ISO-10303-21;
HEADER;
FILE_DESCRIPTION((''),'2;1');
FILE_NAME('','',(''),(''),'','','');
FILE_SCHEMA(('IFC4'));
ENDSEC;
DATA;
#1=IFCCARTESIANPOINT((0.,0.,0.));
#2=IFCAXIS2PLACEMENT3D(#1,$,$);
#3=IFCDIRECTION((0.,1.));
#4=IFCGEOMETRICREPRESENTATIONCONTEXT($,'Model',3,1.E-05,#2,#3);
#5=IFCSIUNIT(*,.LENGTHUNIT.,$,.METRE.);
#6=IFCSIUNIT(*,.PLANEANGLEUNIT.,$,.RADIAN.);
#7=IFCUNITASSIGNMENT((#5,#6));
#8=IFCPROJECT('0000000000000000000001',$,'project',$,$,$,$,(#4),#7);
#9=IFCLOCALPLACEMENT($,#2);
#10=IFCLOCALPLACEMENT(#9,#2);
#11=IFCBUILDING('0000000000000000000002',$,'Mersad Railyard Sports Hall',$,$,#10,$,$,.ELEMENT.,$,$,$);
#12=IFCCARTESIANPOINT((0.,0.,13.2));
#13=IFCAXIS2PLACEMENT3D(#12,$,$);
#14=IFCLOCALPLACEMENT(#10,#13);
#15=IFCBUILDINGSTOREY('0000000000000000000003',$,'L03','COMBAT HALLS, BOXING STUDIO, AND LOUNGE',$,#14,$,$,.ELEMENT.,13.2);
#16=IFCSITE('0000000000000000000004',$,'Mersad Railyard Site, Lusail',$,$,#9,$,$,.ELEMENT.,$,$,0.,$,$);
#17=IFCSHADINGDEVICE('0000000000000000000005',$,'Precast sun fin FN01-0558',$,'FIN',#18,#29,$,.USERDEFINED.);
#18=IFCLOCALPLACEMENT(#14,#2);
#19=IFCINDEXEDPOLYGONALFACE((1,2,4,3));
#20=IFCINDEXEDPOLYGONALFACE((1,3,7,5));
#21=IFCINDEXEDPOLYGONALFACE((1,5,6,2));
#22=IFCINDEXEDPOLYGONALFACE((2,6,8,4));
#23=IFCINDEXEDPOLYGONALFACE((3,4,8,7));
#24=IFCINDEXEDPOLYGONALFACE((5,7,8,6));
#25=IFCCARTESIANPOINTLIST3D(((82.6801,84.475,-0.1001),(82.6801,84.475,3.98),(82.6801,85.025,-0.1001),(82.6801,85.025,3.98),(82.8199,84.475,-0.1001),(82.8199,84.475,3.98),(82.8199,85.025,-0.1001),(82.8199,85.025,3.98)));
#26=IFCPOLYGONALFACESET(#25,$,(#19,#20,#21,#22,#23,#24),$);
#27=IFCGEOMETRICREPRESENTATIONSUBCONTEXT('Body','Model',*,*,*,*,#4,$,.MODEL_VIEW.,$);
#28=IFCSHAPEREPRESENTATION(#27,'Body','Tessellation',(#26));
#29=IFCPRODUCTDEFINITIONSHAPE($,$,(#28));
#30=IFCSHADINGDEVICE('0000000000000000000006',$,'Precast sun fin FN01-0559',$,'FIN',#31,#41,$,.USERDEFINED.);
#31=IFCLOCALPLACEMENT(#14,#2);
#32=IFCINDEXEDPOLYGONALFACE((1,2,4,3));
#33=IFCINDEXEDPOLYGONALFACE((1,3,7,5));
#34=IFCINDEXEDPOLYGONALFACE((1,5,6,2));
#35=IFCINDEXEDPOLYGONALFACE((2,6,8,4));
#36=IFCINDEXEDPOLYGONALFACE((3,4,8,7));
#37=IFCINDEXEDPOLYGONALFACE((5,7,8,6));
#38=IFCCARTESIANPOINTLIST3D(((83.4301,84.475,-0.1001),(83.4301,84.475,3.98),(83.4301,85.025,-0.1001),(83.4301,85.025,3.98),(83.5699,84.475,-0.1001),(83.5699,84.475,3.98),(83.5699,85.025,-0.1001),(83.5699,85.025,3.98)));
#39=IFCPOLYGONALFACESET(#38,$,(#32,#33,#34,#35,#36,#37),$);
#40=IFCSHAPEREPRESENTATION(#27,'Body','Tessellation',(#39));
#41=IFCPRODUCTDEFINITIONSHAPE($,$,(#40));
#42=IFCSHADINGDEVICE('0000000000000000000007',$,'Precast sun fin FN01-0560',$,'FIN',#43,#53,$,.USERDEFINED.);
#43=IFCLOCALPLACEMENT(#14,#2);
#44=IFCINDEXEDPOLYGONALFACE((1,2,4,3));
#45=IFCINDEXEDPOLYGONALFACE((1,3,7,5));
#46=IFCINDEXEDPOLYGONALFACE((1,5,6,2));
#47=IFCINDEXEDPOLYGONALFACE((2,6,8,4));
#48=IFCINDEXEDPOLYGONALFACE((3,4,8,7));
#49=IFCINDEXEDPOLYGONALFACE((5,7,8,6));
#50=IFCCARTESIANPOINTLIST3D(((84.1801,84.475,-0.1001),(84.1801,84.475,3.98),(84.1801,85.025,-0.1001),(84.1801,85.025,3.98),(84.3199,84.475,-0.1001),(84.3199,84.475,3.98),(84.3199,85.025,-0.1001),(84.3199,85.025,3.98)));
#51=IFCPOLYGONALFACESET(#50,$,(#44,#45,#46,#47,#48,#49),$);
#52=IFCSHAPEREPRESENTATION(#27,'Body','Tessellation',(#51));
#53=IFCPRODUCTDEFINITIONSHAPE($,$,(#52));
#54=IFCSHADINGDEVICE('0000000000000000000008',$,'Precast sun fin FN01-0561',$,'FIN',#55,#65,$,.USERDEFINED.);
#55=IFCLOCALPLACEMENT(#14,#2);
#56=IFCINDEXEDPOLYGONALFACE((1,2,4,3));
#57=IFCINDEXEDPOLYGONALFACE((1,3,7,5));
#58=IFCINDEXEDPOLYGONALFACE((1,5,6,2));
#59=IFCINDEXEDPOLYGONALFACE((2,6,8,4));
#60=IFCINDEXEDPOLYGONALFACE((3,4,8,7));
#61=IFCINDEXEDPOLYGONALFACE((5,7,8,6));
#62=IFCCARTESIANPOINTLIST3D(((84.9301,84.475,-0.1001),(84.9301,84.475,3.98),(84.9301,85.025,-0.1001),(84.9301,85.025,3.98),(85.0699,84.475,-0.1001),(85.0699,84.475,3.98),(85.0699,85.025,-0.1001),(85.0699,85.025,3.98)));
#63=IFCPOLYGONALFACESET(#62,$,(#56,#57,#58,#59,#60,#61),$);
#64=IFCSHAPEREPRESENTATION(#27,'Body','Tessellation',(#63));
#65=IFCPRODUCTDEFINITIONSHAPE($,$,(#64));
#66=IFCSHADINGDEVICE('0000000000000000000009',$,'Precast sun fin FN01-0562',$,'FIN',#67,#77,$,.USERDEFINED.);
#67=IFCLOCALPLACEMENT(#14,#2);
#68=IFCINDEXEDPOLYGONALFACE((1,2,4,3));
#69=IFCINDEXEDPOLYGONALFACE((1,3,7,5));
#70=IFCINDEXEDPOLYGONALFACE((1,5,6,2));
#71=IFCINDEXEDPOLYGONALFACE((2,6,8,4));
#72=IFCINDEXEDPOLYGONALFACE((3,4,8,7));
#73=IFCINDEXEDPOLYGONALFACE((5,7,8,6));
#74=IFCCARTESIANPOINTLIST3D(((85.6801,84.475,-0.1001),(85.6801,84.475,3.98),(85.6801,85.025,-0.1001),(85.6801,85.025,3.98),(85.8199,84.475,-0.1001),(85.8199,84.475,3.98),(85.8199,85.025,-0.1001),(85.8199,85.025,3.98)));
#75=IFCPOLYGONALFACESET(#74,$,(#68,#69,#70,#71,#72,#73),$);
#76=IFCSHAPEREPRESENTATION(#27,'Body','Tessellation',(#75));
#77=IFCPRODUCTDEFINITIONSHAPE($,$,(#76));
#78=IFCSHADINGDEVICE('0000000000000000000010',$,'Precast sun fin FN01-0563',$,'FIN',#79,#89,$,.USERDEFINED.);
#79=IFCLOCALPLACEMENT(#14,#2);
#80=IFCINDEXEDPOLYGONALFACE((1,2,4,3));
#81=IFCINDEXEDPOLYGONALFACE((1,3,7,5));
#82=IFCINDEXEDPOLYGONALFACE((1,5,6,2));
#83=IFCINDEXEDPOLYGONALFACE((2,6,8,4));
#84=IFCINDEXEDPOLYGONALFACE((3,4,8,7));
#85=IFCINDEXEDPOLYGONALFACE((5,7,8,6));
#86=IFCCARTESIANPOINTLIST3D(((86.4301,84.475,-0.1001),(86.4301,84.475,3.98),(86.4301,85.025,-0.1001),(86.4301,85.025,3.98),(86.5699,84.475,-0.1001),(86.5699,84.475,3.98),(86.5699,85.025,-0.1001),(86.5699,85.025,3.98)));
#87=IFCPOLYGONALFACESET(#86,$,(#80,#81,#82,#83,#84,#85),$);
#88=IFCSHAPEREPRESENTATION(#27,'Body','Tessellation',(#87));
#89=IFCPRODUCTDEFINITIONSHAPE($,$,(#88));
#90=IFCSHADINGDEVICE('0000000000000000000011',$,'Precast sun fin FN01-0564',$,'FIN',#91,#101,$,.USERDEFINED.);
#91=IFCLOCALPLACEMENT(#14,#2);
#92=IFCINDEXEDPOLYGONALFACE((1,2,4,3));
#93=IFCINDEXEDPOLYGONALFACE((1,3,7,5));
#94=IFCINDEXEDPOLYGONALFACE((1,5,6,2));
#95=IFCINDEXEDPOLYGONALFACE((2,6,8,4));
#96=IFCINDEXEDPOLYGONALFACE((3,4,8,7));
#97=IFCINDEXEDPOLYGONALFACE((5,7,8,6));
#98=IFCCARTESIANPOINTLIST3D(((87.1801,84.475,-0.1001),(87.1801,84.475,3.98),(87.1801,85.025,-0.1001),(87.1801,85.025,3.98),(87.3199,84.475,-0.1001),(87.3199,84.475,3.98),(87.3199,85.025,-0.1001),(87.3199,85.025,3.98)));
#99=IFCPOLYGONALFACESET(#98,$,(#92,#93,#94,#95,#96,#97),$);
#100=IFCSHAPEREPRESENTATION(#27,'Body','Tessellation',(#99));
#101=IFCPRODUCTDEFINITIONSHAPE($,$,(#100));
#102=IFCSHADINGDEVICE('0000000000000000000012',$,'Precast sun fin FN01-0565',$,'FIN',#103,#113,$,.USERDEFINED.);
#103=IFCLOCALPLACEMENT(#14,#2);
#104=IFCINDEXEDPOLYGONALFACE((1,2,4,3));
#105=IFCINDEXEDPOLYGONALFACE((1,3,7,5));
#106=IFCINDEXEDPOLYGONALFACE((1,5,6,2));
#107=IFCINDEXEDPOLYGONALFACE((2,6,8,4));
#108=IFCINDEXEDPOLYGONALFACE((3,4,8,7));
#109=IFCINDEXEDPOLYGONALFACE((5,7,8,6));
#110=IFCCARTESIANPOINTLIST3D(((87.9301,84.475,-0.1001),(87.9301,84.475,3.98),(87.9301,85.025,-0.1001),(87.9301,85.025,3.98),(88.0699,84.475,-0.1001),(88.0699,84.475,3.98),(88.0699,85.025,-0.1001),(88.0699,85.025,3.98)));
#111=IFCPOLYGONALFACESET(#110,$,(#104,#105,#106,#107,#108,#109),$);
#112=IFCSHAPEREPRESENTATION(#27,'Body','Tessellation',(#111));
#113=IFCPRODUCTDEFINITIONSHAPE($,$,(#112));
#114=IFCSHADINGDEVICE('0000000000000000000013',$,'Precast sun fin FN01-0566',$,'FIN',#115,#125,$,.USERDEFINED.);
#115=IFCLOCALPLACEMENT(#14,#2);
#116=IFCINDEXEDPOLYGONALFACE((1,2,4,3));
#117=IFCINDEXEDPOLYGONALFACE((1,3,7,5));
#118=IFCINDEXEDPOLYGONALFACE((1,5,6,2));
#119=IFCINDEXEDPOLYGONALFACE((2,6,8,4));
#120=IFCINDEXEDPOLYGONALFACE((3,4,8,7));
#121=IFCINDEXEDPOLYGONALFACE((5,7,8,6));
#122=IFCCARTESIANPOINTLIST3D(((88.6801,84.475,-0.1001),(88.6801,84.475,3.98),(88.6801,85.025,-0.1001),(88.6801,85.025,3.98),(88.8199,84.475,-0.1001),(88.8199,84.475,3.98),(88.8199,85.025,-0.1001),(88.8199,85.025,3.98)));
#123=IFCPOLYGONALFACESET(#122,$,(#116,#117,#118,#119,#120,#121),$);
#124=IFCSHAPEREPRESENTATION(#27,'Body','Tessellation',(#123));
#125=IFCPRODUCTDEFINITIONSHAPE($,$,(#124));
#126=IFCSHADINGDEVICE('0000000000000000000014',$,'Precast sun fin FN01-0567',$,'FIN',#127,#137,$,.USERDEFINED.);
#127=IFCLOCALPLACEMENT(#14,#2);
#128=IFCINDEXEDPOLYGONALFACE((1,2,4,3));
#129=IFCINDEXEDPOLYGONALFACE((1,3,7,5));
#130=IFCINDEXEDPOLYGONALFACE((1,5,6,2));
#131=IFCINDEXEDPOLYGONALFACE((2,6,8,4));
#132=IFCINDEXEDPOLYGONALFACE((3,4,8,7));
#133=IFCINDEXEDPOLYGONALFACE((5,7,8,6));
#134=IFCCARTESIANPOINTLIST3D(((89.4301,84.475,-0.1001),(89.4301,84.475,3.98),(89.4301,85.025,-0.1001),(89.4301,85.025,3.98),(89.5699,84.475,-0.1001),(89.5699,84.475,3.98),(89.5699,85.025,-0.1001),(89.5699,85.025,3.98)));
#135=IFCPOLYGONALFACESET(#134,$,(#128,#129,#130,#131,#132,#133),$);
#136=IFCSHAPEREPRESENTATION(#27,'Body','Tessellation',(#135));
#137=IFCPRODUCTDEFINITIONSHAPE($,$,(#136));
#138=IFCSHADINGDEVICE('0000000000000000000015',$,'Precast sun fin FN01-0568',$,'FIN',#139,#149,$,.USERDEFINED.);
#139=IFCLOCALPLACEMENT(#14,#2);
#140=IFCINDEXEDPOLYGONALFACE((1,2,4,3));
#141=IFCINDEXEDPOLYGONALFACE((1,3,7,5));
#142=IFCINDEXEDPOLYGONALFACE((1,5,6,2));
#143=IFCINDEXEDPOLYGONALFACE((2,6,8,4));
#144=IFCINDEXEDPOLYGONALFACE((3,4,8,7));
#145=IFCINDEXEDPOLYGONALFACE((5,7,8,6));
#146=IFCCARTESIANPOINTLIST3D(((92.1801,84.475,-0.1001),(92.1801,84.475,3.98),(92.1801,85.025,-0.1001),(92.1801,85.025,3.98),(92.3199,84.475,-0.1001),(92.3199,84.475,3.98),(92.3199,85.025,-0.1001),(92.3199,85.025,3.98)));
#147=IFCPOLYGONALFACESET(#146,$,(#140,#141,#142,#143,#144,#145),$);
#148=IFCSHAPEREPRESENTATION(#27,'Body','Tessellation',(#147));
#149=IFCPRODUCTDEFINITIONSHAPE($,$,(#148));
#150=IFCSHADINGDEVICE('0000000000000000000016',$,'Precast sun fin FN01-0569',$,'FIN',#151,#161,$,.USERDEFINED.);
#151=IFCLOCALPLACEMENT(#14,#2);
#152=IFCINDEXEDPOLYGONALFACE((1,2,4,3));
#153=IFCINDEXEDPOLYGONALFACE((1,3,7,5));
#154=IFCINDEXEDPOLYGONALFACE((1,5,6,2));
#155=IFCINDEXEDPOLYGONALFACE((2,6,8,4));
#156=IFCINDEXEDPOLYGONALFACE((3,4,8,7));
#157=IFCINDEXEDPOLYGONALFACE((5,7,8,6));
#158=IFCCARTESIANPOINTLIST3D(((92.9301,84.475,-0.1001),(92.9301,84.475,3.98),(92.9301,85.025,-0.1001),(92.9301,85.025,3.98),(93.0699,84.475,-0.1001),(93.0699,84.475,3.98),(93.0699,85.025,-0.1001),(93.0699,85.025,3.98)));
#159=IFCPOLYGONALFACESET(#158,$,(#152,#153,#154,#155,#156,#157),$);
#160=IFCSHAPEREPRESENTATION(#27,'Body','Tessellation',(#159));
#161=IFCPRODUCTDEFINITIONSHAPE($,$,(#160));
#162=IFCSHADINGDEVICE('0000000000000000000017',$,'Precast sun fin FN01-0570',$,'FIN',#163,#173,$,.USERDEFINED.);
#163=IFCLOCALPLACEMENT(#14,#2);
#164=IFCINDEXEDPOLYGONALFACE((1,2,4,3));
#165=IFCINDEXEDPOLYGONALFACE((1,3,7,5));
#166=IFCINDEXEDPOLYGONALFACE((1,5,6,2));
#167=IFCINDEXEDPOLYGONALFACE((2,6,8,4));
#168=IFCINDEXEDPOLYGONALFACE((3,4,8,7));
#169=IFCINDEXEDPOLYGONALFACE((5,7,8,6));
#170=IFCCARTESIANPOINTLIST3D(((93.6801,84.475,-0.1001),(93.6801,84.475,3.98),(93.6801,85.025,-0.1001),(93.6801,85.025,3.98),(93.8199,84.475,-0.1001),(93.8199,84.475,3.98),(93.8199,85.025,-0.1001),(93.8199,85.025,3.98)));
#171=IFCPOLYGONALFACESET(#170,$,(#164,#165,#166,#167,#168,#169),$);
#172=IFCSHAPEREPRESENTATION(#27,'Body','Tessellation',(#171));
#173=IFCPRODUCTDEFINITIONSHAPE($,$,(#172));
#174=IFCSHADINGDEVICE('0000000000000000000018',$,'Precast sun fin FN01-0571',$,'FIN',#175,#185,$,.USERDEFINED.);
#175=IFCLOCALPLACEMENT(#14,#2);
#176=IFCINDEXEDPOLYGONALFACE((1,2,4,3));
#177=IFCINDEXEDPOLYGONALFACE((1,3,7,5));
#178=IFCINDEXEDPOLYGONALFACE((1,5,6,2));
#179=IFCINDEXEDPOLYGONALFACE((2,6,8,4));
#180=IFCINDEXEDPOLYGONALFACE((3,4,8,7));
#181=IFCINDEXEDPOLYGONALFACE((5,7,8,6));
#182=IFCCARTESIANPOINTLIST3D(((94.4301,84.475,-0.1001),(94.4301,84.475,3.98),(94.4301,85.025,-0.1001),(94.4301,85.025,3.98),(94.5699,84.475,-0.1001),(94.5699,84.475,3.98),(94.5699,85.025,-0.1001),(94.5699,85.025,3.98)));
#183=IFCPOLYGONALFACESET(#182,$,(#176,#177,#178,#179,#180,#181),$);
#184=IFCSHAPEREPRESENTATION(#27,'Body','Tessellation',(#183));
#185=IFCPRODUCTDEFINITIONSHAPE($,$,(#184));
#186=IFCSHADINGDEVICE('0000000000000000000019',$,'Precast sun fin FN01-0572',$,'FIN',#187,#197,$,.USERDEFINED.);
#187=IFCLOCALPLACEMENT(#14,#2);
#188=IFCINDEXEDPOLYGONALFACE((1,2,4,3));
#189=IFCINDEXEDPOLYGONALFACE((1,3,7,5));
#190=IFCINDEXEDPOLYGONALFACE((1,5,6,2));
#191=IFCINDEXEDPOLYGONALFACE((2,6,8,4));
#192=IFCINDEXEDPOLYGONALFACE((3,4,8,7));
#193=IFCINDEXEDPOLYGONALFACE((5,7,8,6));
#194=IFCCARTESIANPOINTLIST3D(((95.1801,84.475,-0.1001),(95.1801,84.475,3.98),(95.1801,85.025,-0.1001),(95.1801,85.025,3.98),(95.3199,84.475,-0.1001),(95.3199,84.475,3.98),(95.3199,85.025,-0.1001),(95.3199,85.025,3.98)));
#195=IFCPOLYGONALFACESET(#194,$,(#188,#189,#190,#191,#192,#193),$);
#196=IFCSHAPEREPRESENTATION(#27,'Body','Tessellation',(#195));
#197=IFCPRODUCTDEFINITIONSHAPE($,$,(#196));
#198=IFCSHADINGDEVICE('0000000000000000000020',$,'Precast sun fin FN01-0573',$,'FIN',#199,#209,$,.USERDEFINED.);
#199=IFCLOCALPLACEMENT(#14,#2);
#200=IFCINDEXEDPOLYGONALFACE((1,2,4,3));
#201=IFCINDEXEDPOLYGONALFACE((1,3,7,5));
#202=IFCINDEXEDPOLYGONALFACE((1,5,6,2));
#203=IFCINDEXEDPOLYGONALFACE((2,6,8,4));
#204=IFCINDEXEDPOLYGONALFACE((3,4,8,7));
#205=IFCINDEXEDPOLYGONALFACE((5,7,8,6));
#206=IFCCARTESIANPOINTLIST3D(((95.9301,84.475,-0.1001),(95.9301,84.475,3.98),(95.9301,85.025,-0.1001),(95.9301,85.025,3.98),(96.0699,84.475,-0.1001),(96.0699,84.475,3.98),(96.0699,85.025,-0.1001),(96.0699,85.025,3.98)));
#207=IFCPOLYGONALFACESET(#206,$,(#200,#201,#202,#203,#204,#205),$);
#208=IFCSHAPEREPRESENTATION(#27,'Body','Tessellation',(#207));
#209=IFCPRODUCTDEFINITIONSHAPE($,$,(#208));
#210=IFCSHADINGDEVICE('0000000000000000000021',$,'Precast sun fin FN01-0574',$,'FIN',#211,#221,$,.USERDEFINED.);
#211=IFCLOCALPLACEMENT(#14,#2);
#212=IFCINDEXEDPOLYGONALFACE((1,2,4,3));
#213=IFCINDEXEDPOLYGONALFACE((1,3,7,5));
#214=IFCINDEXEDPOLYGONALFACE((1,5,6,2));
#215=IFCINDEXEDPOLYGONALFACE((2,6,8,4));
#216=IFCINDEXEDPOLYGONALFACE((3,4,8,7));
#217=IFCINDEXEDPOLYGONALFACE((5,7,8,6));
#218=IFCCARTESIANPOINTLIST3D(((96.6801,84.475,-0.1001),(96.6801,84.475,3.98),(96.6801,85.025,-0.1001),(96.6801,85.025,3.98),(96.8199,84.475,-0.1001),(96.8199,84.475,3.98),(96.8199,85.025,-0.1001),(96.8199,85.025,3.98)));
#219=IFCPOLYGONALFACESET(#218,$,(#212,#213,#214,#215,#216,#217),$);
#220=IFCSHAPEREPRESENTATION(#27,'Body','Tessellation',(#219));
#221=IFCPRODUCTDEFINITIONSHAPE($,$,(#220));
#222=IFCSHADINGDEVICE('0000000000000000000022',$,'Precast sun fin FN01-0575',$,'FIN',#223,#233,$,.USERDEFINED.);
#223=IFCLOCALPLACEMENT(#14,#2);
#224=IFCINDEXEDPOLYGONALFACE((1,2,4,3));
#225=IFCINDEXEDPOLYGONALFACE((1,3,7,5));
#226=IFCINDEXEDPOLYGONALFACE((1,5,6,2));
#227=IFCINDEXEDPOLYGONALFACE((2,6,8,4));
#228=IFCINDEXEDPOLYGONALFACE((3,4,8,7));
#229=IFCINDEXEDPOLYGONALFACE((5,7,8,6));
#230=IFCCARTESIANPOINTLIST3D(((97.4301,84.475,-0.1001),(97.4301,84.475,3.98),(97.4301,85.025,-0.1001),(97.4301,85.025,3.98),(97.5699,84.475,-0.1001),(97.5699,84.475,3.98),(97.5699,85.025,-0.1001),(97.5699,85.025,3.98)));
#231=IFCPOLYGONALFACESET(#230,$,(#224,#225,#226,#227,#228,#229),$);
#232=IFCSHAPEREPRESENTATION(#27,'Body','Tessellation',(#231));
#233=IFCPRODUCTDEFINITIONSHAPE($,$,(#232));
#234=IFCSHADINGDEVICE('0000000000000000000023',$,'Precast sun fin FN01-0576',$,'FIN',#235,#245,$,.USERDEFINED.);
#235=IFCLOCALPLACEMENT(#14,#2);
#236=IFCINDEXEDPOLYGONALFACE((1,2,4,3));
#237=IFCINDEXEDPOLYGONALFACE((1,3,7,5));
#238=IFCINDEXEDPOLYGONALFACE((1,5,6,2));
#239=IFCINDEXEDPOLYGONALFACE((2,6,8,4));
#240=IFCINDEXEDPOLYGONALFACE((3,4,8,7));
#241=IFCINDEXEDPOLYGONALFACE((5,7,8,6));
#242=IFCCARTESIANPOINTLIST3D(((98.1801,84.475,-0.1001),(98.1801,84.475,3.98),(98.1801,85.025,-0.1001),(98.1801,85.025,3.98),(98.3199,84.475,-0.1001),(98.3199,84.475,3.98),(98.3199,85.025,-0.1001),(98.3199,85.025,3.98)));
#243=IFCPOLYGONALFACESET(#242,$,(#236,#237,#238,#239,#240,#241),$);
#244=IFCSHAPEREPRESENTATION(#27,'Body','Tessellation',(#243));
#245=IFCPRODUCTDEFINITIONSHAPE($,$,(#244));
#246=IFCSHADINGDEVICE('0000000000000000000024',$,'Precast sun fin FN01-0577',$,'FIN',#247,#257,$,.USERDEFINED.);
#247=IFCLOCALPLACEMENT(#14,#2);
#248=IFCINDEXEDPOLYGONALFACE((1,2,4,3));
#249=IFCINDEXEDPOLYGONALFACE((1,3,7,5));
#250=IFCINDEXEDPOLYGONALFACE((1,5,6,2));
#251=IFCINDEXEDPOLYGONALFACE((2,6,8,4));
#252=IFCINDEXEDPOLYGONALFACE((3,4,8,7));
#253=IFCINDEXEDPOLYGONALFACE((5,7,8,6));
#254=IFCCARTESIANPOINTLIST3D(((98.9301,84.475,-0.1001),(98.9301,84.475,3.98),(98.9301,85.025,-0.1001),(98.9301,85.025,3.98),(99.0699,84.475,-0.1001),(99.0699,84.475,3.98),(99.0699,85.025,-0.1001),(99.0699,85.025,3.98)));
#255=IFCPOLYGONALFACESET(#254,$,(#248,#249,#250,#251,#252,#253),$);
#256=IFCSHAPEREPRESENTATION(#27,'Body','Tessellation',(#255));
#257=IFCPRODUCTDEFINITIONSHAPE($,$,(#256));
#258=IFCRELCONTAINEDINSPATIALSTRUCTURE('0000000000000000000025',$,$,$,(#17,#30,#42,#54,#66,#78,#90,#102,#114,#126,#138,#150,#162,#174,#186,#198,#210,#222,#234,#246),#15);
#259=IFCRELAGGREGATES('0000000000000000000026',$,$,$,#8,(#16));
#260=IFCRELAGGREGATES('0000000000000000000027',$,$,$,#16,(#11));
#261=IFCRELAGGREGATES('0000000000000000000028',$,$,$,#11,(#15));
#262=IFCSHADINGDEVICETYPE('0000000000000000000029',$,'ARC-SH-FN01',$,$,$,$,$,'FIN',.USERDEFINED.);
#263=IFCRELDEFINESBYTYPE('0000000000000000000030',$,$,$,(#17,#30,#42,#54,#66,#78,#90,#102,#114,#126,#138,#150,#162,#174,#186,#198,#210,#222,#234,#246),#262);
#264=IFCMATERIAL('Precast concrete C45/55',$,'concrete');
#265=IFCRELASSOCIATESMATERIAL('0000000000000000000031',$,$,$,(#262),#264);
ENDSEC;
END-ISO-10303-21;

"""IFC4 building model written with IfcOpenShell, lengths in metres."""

from ifc_helpers import new_model, si_unit, direction, frame, origin, origin_2d, place, context, subcontext, project, spatial, rectangle, extrude, material, type_object, element, save


model = new_model("IFC4")

# Units and contexts
model_context = context("Model", 3, precision=1e-05, world=origin(), true_north=direction((0.0, 1.0)))
body_context = subcontext(model_context, "Body", "Model", "MODEL_VIEW")
ifc_project = project(units=[si_unit("LENGTHUNIT", "METRE"), si_unit("PLANEANGLEUNIT", "RADIAN")], contexts=[model_context])

# Site, building, storey
site_placement = place(None, origin())
site = spatial("IfcSite", under=ifc_project, at=site_placement, Name="Mersad Railyard Site, Lusail", CompositionType="ELEMENT", RefElevation=0.0)
building_placement = place(site_placement, origin())
building = spatial("IfcBuilding", under=site, at=building_placement, Name="Mersad Railyard Sports Hall", CompositionType="ELEMENT")
storey_placement = place(building_placement, frame((0.0, 0.0, 13.2)))
storey = spatial("IfcBuildingStorey", under=building, at=storey_placement, Name="L03", Description="COMBAT HALLS, BOXING STUDIO, AND LOUNGE", CompositionType="ELEMENT", Elevation=13.2)

# Shading devices
ifc_material = material(Name="Precast concrete C45/55", Category="concrete")
shading_device_type = type_object("IfcShadingDeviceType", Name="ARC-SH-FN01", ElementType="FIN", PredefinedType="USERDEFINED", material=ifc_material)
for number, where, z_axis, x_axis, name in (
    (1, (82.75, 84.75, -0.1001), (0.0, 0.0, 1.0), (1.0, 0.0, 0.0), "Precast sun fin FN01-0558"),
    (2, (83.5, 84.75, -0.1001), (0.0, 0.0, 1.0), (1.0, 0.0, 0.0), "Precast sun fin FN01-0559"),
    (3, (84.25, 84.75, -0.1001), (0.0, 0.0, 1.0), (1.0, 0.0, 0.0), "Precast sun fin FN01-0560"),
    (4, (85.0, 84.75, -0.1001), (0.0, 0.0, 1.0), (1.0, 0.0, 0.0), "Precast sun fin FN01-0561"),
    (5, (85.75, 84.75, -0.1001), (0.0, 0.0, 1.0), (1.0, 0.0, 0.0), "Precast sun fin FN01-0562"),
    (6, (86.5, 84.75, -0.1001), (0.0, 0.0, 1.0), (1.0, 0.0, 0.0), "Precast sun fin FN01-0563"),
    (7, (87.25, 84.75, -0.1001), (0.0, 0.0, 1.0), (1.0, 0.0, 0.0), "Precast sun fin FN01-0564"),
    (8, (88.0, 84.75, -0.1001), (0.0, 0.0, 1.0), (1.0, 0.0, 0.0), "Precast sun fin FN01-0565"),
    (9, (88.75, 84.75, -0.1001), (0.0, 0.0, 1.0), (1.0, 0.0, 0.0), "Precast sun fin FN01-0566"),
    (10, (89.5, 84.75, -0.1001), (0.0, 0.0, 1.0), (1.0, 0.0, 0.0), "Precast sun fin FN01-0567"),
    (11, (92.25, 84.75, -0.1001), (0.0, 0.0, 1.0), (1.0, 0.0, 0.0), "Precast sun fin FN01-0568"),
    (12, (93.0, 84.75, -0.1001), (0.0, 0.0, 1.0), (1.0, 0.0, 0.0), "Precast sun fin FN01-0569"),
    (13, (93.75, 84.75, -0.1001), (0.0, 0.0, 1.0), (1.0, 0.0, 0.0), "Precast sun fin FN01-0570"),
    (14, (94.5, 84.75, -0.1001), (0.0, 0.0, 1.0), (1.0, 0.0, 0.0), "Precast sun fin FN01-0571"),
    (15, (95.25, 84.75, -0.1001), (0.0, 0.0, 1.0), (1.0, 0.0, 0.0), "Precast sun fin FN01-0572"),
    (16, (96.0, 84.75, -0.1001), (0.0, 0.0, 1.0), (1.0, 0.0, 0.0), "Precast sun fin FN01-0573"),
    (17, (96.75, 84.75, -0.1001), (0.0, 0.0, 1.0), (1.0, 0.0, 0.0), "Precast sun fin FN01-0574"),
    (18, (97.5, 84.75, -0.1001), (0.0, 0.0, 1.0), (1.0, 0.0, 0.0), "Precast sun fin FN01-0575"),
    (19, (98.25, 84.75, -0.1001), (0.0, 0.0, 1.0), (1.0, 0.0, 0.0), "Precast sun fin FN01-0576"),
    (20, (99.0, 84.75, -0.1001), (0.0, 0.0, 1.0), (1.0, 0.0, 0.0), "Precast sun fin FN01-0577"),
):
    element("IfcShadingDevice", number, at=place(storey_placement, frame(where, z_axis=z_axis, x_axis=x_axis)), inside=storey, type_object=shading_device_type, Name=name, ObjectType="FIN", PredefinedType="USERDEFINED", context=body_context, shape_type="SweptSolid", body=[
        extrude(rectangle(XDim=0.1399, YDim=0.55, at=origin_2d()), origin(), (0.0, 0.0, 1.0), 4.0801),
    ])

save(model, "model.ifc")
